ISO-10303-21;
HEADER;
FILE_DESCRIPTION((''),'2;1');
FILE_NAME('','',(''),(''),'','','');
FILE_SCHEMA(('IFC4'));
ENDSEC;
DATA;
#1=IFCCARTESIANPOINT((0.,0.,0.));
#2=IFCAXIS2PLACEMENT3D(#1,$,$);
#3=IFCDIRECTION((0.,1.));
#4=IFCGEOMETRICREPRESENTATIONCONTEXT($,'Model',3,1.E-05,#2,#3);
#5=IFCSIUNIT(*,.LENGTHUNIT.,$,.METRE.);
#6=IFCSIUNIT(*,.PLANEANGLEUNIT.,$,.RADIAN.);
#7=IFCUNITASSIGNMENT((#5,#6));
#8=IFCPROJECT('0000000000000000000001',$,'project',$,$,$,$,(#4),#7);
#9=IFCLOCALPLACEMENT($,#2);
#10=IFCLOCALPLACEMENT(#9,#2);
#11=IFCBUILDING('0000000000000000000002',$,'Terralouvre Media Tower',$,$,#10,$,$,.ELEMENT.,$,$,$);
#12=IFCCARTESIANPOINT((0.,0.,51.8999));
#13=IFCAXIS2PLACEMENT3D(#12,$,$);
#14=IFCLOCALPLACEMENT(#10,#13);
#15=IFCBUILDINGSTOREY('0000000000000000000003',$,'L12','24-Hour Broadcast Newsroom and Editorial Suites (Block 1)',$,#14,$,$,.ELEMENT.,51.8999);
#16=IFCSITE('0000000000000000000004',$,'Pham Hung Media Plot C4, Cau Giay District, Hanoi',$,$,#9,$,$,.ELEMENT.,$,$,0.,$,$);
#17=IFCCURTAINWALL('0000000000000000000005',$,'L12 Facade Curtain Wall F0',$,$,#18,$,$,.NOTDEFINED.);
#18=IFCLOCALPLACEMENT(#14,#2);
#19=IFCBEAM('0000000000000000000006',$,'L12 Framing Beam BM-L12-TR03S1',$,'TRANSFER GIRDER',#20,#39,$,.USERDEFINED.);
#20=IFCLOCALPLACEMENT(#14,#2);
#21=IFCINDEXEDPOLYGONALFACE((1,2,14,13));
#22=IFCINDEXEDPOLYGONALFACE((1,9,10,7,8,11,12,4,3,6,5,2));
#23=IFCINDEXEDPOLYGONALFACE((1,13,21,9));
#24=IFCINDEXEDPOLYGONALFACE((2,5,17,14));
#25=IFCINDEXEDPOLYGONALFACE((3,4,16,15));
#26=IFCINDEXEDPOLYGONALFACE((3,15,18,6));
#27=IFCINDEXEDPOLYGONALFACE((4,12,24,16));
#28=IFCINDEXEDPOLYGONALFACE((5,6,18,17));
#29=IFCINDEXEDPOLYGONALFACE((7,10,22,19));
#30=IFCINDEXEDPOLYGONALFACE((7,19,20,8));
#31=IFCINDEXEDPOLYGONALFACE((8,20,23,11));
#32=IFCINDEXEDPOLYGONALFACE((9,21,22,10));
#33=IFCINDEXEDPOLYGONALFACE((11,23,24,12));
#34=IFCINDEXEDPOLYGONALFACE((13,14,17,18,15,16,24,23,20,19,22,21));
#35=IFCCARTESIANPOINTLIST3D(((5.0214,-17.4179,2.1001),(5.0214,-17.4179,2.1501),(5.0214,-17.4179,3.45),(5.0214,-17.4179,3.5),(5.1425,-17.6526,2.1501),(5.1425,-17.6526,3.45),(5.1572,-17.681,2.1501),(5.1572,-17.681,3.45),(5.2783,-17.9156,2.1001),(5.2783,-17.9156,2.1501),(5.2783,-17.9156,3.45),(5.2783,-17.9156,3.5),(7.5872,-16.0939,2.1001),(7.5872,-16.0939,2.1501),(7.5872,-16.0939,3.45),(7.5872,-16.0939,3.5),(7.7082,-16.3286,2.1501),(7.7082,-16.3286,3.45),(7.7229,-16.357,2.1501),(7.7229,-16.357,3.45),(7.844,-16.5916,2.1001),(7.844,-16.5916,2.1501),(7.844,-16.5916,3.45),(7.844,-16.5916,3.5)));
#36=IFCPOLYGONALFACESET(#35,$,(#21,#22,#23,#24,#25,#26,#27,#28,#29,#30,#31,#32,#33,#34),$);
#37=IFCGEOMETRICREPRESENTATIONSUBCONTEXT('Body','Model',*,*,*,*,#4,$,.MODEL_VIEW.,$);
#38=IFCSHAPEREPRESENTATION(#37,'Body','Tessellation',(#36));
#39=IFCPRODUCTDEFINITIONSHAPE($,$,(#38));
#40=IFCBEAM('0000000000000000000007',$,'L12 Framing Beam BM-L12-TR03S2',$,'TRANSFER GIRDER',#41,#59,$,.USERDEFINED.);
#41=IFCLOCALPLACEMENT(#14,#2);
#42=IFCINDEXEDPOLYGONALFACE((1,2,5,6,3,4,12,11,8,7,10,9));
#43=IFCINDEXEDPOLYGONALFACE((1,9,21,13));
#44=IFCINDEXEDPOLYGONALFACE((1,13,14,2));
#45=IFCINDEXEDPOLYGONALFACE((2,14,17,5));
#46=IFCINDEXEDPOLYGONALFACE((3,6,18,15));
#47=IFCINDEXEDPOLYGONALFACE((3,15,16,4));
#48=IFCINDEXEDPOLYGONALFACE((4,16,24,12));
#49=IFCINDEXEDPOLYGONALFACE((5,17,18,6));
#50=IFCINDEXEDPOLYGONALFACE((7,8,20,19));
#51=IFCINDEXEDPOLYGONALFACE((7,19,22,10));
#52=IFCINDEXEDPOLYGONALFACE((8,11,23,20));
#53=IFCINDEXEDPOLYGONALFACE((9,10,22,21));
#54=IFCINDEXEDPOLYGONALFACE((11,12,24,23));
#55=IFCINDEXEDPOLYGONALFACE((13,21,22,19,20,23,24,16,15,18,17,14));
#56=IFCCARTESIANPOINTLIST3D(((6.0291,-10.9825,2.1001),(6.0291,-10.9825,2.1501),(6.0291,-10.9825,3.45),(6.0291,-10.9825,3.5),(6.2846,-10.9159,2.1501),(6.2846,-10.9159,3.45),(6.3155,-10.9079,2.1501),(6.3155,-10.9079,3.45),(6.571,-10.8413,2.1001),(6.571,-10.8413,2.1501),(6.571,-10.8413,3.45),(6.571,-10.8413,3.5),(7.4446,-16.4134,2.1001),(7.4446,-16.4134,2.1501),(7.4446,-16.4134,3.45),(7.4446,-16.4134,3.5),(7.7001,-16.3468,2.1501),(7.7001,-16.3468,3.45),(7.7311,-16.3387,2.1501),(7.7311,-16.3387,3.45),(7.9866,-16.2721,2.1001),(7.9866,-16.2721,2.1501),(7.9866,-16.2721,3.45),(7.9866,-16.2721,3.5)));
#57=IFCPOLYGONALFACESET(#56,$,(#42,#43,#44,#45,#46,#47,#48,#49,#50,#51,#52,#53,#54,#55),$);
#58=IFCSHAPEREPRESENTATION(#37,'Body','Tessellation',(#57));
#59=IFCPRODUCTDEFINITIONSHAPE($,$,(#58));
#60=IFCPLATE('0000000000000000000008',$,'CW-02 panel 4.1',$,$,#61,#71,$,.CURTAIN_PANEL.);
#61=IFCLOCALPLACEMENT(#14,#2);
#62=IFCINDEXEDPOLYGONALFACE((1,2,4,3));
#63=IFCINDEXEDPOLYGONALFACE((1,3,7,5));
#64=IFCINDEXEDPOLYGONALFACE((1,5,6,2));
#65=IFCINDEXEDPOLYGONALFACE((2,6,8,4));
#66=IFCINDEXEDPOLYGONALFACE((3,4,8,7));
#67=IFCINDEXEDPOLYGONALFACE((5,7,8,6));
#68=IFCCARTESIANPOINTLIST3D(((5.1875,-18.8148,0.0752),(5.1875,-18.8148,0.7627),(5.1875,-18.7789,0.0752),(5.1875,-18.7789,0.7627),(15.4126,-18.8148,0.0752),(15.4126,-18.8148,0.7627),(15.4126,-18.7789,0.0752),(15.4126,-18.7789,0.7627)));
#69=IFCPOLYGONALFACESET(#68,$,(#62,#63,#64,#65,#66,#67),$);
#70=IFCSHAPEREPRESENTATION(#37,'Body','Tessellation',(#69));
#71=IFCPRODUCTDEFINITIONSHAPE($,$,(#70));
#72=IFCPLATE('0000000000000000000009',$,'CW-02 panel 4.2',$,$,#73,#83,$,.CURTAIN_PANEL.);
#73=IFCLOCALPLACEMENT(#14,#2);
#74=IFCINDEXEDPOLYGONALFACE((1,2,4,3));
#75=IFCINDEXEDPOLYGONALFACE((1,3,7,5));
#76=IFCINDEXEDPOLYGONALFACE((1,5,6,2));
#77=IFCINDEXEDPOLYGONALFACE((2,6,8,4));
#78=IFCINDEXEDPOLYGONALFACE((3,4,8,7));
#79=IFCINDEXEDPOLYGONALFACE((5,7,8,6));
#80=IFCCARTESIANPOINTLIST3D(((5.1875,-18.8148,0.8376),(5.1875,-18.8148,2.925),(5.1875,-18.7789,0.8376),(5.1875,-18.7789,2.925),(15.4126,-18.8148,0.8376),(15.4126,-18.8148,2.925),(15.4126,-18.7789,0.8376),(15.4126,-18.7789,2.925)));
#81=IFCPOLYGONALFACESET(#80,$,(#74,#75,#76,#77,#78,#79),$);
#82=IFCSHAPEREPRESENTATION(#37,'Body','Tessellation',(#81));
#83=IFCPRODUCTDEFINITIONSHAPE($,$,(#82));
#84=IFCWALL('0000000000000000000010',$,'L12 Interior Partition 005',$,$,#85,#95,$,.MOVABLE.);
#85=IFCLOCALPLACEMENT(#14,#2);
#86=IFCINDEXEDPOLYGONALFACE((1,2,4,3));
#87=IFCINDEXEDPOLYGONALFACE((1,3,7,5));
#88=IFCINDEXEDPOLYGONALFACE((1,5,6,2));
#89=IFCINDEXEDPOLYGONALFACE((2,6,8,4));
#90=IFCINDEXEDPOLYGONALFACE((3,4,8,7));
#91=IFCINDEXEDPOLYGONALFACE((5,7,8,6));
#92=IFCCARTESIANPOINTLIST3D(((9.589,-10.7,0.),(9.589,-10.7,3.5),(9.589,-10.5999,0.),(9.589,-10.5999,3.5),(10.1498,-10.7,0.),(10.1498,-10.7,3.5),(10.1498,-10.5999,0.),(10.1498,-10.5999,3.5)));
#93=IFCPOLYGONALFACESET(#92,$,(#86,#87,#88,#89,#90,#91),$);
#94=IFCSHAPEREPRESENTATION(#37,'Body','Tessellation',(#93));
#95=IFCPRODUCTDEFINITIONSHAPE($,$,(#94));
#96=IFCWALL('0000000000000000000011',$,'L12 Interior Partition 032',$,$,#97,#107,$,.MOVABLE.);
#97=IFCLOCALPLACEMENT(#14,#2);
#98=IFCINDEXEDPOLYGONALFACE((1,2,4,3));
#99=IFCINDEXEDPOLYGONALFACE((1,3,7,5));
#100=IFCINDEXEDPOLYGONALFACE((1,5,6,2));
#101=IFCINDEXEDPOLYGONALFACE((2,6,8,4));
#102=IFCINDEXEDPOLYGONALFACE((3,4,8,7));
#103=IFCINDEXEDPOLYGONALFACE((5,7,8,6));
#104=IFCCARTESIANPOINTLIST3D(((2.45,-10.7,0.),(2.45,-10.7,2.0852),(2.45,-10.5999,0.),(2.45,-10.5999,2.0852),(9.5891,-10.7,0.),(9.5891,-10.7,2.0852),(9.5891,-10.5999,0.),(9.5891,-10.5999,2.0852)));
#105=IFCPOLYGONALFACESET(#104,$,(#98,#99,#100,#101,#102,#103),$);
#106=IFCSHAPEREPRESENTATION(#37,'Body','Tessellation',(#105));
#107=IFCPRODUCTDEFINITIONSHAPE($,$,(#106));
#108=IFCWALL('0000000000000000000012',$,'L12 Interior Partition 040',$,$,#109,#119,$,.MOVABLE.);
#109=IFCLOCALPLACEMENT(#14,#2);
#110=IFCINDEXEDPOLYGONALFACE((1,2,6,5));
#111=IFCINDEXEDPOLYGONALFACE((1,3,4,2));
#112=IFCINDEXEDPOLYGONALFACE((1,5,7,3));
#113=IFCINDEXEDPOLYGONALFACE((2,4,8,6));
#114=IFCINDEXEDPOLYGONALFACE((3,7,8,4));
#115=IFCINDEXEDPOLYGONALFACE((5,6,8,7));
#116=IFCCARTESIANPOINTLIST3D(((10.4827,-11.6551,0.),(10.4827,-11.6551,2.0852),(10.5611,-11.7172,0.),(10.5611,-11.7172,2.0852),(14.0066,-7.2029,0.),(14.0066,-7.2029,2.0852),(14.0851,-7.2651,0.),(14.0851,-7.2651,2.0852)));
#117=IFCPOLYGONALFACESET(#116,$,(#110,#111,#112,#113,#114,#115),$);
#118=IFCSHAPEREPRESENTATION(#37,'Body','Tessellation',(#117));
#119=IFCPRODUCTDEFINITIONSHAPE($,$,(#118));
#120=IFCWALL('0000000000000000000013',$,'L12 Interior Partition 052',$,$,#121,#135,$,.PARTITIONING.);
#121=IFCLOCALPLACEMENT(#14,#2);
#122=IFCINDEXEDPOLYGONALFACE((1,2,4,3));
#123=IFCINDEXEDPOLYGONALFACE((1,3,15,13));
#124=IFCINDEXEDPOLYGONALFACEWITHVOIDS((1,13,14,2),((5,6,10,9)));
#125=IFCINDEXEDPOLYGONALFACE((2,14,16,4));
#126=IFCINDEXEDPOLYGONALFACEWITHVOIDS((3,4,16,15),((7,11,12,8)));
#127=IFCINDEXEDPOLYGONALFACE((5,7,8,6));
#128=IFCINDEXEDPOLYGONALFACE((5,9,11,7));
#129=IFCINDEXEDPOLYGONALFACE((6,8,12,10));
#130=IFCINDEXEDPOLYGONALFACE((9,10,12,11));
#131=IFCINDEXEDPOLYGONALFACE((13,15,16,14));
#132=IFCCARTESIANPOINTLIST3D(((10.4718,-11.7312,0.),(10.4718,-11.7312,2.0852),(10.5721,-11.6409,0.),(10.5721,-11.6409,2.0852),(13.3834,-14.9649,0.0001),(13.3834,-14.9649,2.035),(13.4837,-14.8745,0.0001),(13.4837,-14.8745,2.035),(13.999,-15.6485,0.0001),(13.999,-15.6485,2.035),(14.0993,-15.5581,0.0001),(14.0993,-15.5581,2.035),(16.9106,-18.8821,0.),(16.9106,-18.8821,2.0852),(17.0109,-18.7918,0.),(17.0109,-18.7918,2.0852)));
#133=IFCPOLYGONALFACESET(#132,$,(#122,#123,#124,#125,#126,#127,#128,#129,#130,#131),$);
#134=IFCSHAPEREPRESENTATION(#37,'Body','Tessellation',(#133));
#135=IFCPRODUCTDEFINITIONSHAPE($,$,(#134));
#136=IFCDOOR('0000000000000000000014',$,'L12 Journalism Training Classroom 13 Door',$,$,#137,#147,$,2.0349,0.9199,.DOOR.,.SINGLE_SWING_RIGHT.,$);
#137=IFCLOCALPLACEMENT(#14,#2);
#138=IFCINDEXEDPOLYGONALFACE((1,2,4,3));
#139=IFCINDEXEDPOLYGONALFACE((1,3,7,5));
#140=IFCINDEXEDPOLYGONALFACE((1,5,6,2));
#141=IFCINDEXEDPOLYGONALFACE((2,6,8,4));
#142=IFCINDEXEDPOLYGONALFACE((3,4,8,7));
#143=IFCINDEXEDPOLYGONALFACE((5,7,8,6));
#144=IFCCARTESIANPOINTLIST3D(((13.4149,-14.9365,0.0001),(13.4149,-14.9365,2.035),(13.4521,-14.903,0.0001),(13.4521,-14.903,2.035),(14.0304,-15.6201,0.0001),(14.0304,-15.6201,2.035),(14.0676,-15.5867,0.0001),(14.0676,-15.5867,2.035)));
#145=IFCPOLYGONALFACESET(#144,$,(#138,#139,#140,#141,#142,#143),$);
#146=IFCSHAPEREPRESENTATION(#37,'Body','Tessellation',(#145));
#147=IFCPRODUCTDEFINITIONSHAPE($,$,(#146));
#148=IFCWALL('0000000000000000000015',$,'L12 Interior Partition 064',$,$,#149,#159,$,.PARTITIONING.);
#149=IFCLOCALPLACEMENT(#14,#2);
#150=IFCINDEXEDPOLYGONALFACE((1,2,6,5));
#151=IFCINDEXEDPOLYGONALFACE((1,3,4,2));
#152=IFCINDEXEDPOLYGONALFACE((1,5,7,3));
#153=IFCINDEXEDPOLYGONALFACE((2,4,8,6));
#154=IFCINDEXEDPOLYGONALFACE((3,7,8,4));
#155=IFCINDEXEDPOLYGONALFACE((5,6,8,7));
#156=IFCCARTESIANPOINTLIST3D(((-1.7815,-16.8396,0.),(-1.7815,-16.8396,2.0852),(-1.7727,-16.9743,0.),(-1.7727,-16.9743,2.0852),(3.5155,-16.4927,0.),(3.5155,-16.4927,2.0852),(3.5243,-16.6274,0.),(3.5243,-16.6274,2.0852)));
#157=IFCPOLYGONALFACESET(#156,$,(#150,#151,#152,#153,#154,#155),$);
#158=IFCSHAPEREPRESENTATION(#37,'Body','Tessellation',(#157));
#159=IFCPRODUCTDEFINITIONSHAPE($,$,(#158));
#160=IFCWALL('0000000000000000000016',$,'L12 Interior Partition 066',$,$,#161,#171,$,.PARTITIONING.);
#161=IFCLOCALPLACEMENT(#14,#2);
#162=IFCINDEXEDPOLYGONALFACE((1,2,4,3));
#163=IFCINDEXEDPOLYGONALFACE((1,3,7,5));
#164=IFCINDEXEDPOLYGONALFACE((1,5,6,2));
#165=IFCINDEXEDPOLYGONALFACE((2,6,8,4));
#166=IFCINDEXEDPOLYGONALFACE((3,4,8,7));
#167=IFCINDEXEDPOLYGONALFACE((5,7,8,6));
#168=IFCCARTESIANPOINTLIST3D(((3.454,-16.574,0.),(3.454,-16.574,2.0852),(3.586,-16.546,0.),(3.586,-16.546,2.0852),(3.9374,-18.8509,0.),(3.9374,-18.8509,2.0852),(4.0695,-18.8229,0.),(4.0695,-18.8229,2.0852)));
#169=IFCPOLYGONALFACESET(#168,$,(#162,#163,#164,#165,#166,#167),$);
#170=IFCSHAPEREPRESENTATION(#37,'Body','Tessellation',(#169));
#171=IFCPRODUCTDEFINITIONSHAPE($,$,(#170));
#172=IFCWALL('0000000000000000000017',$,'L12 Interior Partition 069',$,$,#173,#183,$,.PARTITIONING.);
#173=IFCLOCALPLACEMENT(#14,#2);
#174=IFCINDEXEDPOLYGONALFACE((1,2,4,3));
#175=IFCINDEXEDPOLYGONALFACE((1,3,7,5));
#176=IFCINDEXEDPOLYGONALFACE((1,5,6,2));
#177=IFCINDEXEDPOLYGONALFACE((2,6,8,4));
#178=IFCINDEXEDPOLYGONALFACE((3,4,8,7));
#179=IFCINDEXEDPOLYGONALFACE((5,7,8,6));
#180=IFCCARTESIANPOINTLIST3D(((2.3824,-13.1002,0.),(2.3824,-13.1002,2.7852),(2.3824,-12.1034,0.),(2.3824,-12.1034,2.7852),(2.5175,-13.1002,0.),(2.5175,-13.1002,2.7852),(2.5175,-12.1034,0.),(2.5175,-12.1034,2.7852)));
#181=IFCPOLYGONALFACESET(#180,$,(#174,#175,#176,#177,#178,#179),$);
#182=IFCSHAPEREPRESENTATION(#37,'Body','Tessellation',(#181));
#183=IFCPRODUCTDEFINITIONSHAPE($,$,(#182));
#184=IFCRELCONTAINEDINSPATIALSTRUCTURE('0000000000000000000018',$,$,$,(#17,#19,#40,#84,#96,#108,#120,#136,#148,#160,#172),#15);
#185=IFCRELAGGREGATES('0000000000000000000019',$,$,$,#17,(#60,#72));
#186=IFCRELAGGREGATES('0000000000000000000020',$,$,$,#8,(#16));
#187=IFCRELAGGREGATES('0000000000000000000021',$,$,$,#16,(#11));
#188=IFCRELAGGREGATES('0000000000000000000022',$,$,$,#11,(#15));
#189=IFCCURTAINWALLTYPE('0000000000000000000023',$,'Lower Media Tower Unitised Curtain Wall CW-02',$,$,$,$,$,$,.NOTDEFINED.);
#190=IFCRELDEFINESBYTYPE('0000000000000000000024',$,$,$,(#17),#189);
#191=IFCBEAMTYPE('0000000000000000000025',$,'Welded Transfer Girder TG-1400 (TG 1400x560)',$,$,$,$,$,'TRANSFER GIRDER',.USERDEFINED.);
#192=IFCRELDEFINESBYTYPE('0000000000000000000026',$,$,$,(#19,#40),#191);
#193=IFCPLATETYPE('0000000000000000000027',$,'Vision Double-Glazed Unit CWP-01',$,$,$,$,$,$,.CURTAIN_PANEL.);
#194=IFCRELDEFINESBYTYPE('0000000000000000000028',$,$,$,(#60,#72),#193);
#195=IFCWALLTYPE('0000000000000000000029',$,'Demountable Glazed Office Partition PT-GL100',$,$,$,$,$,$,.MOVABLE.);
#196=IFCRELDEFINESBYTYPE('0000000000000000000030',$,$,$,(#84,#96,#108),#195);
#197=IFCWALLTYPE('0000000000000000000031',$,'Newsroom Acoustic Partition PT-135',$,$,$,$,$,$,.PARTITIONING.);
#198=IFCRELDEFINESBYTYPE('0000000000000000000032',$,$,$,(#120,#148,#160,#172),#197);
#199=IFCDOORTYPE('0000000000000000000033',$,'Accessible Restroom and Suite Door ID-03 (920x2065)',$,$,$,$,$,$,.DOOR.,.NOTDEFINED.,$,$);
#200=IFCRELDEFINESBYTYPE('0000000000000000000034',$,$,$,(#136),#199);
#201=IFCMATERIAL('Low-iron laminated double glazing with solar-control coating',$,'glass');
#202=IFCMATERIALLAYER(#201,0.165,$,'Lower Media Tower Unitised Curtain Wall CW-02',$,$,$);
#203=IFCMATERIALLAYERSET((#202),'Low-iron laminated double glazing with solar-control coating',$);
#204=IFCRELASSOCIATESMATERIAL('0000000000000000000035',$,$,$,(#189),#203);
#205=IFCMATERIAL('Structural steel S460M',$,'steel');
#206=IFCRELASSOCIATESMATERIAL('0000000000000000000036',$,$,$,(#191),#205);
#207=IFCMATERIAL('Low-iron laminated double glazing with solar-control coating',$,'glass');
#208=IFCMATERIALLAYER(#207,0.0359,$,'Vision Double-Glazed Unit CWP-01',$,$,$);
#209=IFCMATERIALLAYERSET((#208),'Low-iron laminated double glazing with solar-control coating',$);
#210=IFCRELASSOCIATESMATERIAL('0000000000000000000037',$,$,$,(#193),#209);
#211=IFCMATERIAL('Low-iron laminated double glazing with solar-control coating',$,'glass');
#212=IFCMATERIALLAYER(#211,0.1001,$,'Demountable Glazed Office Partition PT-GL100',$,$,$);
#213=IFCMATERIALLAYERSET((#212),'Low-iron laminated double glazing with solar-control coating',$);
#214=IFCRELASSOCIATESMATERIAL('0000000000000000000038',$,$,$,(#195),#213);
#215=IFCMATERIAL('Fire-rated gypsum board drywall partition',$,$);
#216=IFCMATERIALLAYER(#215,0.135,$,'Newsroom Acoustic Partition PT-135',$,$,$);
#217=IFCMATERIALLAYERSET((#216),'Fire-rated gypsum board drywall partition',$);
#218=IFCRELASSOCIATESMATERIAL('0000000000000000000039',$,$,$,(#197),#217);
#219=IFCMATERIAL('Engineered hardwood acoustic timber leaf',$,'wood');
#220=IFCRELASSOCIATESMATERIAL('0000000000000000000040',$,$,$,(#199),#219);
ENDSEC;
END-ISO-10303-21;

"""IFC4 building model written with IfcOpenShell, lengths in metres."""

from ifc_helpers import new_model, si_unit, direction, frame, frame_2d, origin, origin_2d, place, context, subcontext, project, spatial, rectangle, i_section, extrude, material, layer, layer_set, material_profile, profile_set, type_object, element, fill, aggregate, save


model = new_model("IFC4")

# Units and contexts
model_context = context("Model", 3, precision=1e-05, world=origin(), true_north=direction((0.0, 1.0)))
body_context = subcontext(model_context, "Body", "Model", "MODEL_VIEW")
ifc_project = project(units=[si_unit("LENGTHUNIT", "METRE"), si_unit("PLANEANGLEUNIT", "RADIAN")], contexts=[model_context])

# Site, building, storey
site_placement = place(None, origin())
site = spatial("IfcSite", under=ifc_project, at=site_placement, Name="Pham Hung Media Plot C4, Cau Giay District, Hanoi", CompositionType="ELEMENT", RefElevation=0.0)
building_placement = place(site_placement, origin())
building = spatial("IfcBuilding", under=site, at=building_placement, Name="Terralouvre Media Tower", CompositionType="ELEMENT")
storey_placement = place(building_placement, frame((0.0, 0.0, 51.8999)))
storey = spatial("IfcBuildingStorey", under=building, at=storey_placement, Name="L12", Description="24-Hour Broadcast Newsroom and Editorial Suites (Block 1)", CompositionType="ELEMENT", Elevation=51.8999)

# Curtain wall
ifc_material_1 = material(Name="Low-iron laminated double glazing with solar-control coating", Category="glass")
ifc_layer_1 = layer(ifc_material_1, 0.165, Name="Lower Media Tower Unitised Curtain Wall CW-02")
ifc_layer_set_1 = layer_set([ifc_layer_1], Name="Low-iron laminated double glazing with solar-control coating")
curtain_wall_type = type_object("IfcCurtainWallType", Name="Lower Media Tower Unitised Curtain Wall CW-02", PredefinedType="NOTDEFINED", material=ifc_layer_set_1)
curtain_wall_placement = place(storey_placement, origin())
curtain_wall = element("IfcCurtainWall", 1, at=curtain_wall_placement, inside=storey, type_object=curtain_wall_type, Name="L12 Facade Curtain Wall F0", PredefinedType="NOTDEFINED")

# Beams
ifc_material_2 = material(Name="Structural steel S460M", Category="steel")
ifc_material_profile_1 = material_profile(ifc_material_2, i_section(OverallWidth=0.5601, OverallDepth=1.3999, WebThickness=0.032, FlangeThickness=0.05, at=origin_2d()), Name="TG 1400x560")
ifc_profile_set_1 = profile_set([ifc_material_profile_1], Name="Structural steel S460M")
beam_type_1 = type_object("IfcBeamType", Name="Welded Transfer Girder TG-1400 (TG 1400x560)", ElementType="TRANSFER GIRDER", PredefinedType="USERDEFINED", material=ifc_profile_set_1)
beam_1_placement = place(storey_placement, frame((7.7156, -16.3428, 2.8), z_axis=(-0.888655, -0.458576, 0.0), x_axis=(0.458576, -0.888655, 0.0)))
element("IfcBeam", 2, at=beam_1_placement, inside=storey, type_object=beam_type_1, Name="L12 Framing Beam BM-L12-TR03S1", ObjectType="TRANSFER GIRDER", PredefinedType="USERDEFINED", context=body_context, shape_type="SweptSolid", body=[
    extrude(i_section(OverallWidth=0.5601, OverallDepth=1.3999, WebThickness=0.032, FlangeThickness=0.05, at=origin_2d()), origin(), (0.0, 0.0, 1.0), 2.8872),
])
beam_2_placement = place(storey_placement, frame((7.7156, -16.3428, 2.8), z_axis=(-0.252216, 0.967671, 0.0), x_axis=(-0.967671, -0.252216, 0.0)))
element("IfcBeam", 3, at=beam_2_placement, inside=storey, type_object=beam_type_1, Name="L12 Framing Beam BM-L12-TR03S2", ObjectType="TRANSFER GIRDER", PredefinedType="USERDEFINED", context=body_context, shape_type="SweptSolid", body=[
    extrude(i_section(OverallWidth=0.5601, OverallDepth=1.3999, WebThickness=0.032, FlangeThickness=0.05, at=origin_2d()), origin(), (0.0, 0.0, 1.0), 5.6123),
])

# Plates
ifc_material_3 = material(Name="Low-iron laminated double glazing with solar-control coating", Category="glass")
ifc_layer_2 = layer(ifc_material_3, 0.0359, Name="Vision Double-Glazed Unit CWP-01")
ifc_layer_set_2 = layer_set([ifc_layer_2], Name="Low-iron laminated double glazing with solar-control coating")
plate_type = type_object("IfcPlateType", Name="Vision Double-Glazed Unit CWP-01", PredefinedType="CURTAIN_PANEL", material=ifc_layer_set_2)
plate_1_placement = place(storey_placement, frame((10.3, -18.7969, 0.0752), z_axis=(0.0, 0.0, 1.0), x_axis=(1.0, 0.0, 0.0)))
plate_1 = element("IfcPlate", 4, at=plate_1_placement, type_object=plate_type, Name="CW-02 panel 4.1", PredefinedType="CURTAIN_PANEL", context=body_context, shape_type="SweptSolid", body=[
    extrude(rectangle(XDim=10.2251, YDim=0.0359, at=origin_2d()), origin(), (0.0, 0.0, 1.0), 0.6875),
])
plate_2_placement = place(storey_placement, frame((10.3, -18.7969, 0.8376), z_axis=(0.0, 0.0, 1.0), x_axis=(1.0, 0.0, 0.0)))
plate_2 = element("IfcPlate", 5, at=plate_2_placement, type_object=plate_type, Name="CW-02 panel 4.2", PredefinedType="CURTAIN_PANEL", context=body_context, shape_type="SweptSolid", body=[
    extrude(rectangle(XDim=10.2251, YDim=0.0359, at=origin_2d()), origin(), (0.0, 0.0, 1.0), 2.0874),
])
aggregate(curtain_wall, [plate_1, plate_2])

# Walls
ifc_material_4 = material(Name="Low-iron laminated double glazing with solar-control coating", Category="glass")
ifc_layer_3 = layer(ifc_material_4, 0.1001, Name="Demountable Glazed Office Partition PT-GL100")
ifc_layer_set_3 = layer_set([ifc_layer_3], Name="Low-iron laminated double glazing with solar-control coating")
wall_type_1 = type_object("IfcWallType", Name="Demountable Glazed Office Partition PT-GL100", PredefinedType="MOVABLE", material=ifc_layer_set_3)
wall_1_placement = place(storey_placement, frame((9.5891, -10.6499, 0.0), z_axis=(0.0, 0.0, 1.0), x_axis=(1.0, 0.0, 0.0)))
element("IfcWall", 6, at=wall_1_placement, inside=storey, type_object=wall_type_1, Name="L12 Interior Partition 005", PredefinedType="MOVABLE", context=body_context, shape_type="SweptSolid", body=[
    extrude(rectangle(XDim=0.5608, YDim=0.1001, at=frame_2d((0.2803, 0.0))), origin(), (0.0, 0.0, 1.0), 3.5),
])
wall_2_placement = place(storey_placement, frame((2.45, -10.6499, 0.0), z_axis=(0.0, 0.0, 1.0), x_axis=(1.0, 0.0, 0.0)))
element("IfcWall", 7, at=wall_2_placement, inside=storey, type_object=wall_type_1, Name="L12 Interior Partition 032", PredefinedType="MOVABLE", context=body_context, shape_type="SweptSolid", body=[
    extrude(rectangle(XDim=7.1392, YDim=0.1001, at=frame_2d((3.5696, 0.0))), origin(), (0.0, 0.0, 1.0), 2.0852),
])
wall_3_placement = place(storey_placement, frame((10.522, -11.686, 0.0), z_axis=(0.0, 0.0, 1.0), x_axis=(0.620628, 0.784105, 0.0)))
element("IfcWall", 8, at=wall_3_placement, inside=storey, type_object=wall_type_1, Name="L12 Interior Partition 040", PredefinedType="MOVABLE", context=body_context, shape_type="SweptSolid", body=[
    extrude(rectangle(XDim=5.678, YDim=0.1001, at=frame_2d((2.8389, 0.0))), origin(), (0.0, 0.0, 1.0), 2.0852),
])

# Wall, opening, door
ifc_material_5 = material(Name="Fire-rated gypsum board drywall partition")
ifc_layer_4 = layer(ifc_material_5, 0.135, Name="Newsroom Acoustic Partition PT-135")
ifc_layer_set_4 = layer_set([ifc_layer_4], Name="Fire-rated gypsum board drywall partition")
wall_type_2 = type_object("IfcWallType", Name="Newsroom Acoustic Partition PT-135", PredefinedType="PARTITIONING", material=ifc_layer_set_4)
wall_4_placement = place(storey_placement, frame((10.522, -11.686, 0.0), z_axis=(0.0, 0.0, 1.0), x_axis=(0.669133, -0.743143, 0.0)))
wall_4 = element("IfcWall", 9, at=wall_4_placement, inside=storey, type_object=wall_type_2, Name="L12 Interior Partition 052", PredefinedType="PARTITIONING", context=body_context, shape_type="SweptSolid", body=[
    extrude(rectangle(XDim=9.6226, YDim=0.135, at=frame_2d((4.8113, 0.0))), origin(), (0.0, 0.0, 1.0), 2.0852),
])
opening_placement = place(wall_4_placement, frame((4.3513, 0.0, 0.0)))
opening = element("IfcOpeningElement", 10, at=opening_placement, cuts=wall_4, PredefinedType="OPENING", context=body_context, shape_type="SweptSolid", body=[
    extrude(rectangle(XDim=0.9199, YDim=2.0349, at=frame_2d((0.46, 1.0176))), frame((0.0, 0.0774, 0.0), z_axis=(0.0, -1.0, 0.0), x_axis=(1.0, 0.0, 0.0)), (0.0, 0.0, 1.0), 0.155),
])
ifc_material_6 = material(Name="Engineered hardwood acoustic timber leaf", Category="wood")
door_type = type_object("IfcDoorType", Name="Accessible Restroom and Suite Door ID-03 (920x2065)", OperationType="NOTDEFINED", PredefinedType="DOOR", material=ifc_material_6)
door_placement = place(opening_placement, origin())
door = element("IfcDoor", 11, at=door_placement, inside=storey, type_object=door_type, Name="L12 Journalism Training Classroom 13 Door", OperationType="SINGLE_SWING_RIGHT", OverallHeight=2.0349, OverallWidth=0.9199, PredefinedType="DOOR", context=body_context, shape_type="SweptSolid", body=[
    extrude(rectangle(XDim=0.9199, YDim=2.0349, at=frame_2d((0.46, 1.0176))), frame((0.0, 0.0249, 0.0), z_axis=(0.0, -1.0, 0.0), x_axis=(1.0, 0.0, 0.0)), (0.0, 0.0, 1.0), 0.05),
])
fill(opening, door)

# Walls
wall_5_placement = place(storey_placement, frame((3.52, -16.5601, 0.0), z_axis=(0.0, 0.0, 1.0), x_axis=(-0.997862, -0.065353, 0.0)))
element("IfcWall", 12, at=wall_5_placement, inside=storey, type_object=wall_type_2, Name="L12 Interior Partition 064", PredefinedType="PARTITIONING", context=body_context, shape_type="SweptSolid", body=[
    extrude(rectangle(XDim=5.3083, YDim=0.135, at=frame_2d((2.6543, 0.0))), origin(), (0.0, 0.0, 1.0), 2.0852),
])
wall_6_placement = place(storey_placement, frame((4.0034, -18.8369, 0.0), z_axis=(0.0, 0.0, 1.0), x_axis=(-0.207681, 0.978197, 0.0)))
element("IfcWall", 13, at=wall_6_placement, inside=storey, type_object=wall_type_2, Name="L12 Interior Partition 066", PredefinedType="PARTITIONING", context=body_context, shape_type="SweptSolid", body=[
    extrude(rectangle(XDim=2.3276, YDim=0.135, at=frame_2d((1.1638, 0.0))), origin(), (0.0, 0.0, 1.0), 2.0852),
])
wall_7_placement = place(storey_placement, frame((2.45, -12.1033, 0.0), z_axis=(0.0, 0.0, 1.0), x_axis=(0.0, -1.0, 0.0)))
element("IfcWall", 14, at=wall_7_placement, inside=storey, type_object=wall_type_2, Name="L12 Interior Partition 069", PredefinedType="PARTITIONING", context=body_context, shape_type="SweptSolid", body=[
    extrude(rectangle(XDim=0.9968, YDim=0.135, at=frame_2d((0.4985, 0.0))), origin(), (0.0, 0.0, 1.0), 2.7852),
])

save(model, "model.ifc")
